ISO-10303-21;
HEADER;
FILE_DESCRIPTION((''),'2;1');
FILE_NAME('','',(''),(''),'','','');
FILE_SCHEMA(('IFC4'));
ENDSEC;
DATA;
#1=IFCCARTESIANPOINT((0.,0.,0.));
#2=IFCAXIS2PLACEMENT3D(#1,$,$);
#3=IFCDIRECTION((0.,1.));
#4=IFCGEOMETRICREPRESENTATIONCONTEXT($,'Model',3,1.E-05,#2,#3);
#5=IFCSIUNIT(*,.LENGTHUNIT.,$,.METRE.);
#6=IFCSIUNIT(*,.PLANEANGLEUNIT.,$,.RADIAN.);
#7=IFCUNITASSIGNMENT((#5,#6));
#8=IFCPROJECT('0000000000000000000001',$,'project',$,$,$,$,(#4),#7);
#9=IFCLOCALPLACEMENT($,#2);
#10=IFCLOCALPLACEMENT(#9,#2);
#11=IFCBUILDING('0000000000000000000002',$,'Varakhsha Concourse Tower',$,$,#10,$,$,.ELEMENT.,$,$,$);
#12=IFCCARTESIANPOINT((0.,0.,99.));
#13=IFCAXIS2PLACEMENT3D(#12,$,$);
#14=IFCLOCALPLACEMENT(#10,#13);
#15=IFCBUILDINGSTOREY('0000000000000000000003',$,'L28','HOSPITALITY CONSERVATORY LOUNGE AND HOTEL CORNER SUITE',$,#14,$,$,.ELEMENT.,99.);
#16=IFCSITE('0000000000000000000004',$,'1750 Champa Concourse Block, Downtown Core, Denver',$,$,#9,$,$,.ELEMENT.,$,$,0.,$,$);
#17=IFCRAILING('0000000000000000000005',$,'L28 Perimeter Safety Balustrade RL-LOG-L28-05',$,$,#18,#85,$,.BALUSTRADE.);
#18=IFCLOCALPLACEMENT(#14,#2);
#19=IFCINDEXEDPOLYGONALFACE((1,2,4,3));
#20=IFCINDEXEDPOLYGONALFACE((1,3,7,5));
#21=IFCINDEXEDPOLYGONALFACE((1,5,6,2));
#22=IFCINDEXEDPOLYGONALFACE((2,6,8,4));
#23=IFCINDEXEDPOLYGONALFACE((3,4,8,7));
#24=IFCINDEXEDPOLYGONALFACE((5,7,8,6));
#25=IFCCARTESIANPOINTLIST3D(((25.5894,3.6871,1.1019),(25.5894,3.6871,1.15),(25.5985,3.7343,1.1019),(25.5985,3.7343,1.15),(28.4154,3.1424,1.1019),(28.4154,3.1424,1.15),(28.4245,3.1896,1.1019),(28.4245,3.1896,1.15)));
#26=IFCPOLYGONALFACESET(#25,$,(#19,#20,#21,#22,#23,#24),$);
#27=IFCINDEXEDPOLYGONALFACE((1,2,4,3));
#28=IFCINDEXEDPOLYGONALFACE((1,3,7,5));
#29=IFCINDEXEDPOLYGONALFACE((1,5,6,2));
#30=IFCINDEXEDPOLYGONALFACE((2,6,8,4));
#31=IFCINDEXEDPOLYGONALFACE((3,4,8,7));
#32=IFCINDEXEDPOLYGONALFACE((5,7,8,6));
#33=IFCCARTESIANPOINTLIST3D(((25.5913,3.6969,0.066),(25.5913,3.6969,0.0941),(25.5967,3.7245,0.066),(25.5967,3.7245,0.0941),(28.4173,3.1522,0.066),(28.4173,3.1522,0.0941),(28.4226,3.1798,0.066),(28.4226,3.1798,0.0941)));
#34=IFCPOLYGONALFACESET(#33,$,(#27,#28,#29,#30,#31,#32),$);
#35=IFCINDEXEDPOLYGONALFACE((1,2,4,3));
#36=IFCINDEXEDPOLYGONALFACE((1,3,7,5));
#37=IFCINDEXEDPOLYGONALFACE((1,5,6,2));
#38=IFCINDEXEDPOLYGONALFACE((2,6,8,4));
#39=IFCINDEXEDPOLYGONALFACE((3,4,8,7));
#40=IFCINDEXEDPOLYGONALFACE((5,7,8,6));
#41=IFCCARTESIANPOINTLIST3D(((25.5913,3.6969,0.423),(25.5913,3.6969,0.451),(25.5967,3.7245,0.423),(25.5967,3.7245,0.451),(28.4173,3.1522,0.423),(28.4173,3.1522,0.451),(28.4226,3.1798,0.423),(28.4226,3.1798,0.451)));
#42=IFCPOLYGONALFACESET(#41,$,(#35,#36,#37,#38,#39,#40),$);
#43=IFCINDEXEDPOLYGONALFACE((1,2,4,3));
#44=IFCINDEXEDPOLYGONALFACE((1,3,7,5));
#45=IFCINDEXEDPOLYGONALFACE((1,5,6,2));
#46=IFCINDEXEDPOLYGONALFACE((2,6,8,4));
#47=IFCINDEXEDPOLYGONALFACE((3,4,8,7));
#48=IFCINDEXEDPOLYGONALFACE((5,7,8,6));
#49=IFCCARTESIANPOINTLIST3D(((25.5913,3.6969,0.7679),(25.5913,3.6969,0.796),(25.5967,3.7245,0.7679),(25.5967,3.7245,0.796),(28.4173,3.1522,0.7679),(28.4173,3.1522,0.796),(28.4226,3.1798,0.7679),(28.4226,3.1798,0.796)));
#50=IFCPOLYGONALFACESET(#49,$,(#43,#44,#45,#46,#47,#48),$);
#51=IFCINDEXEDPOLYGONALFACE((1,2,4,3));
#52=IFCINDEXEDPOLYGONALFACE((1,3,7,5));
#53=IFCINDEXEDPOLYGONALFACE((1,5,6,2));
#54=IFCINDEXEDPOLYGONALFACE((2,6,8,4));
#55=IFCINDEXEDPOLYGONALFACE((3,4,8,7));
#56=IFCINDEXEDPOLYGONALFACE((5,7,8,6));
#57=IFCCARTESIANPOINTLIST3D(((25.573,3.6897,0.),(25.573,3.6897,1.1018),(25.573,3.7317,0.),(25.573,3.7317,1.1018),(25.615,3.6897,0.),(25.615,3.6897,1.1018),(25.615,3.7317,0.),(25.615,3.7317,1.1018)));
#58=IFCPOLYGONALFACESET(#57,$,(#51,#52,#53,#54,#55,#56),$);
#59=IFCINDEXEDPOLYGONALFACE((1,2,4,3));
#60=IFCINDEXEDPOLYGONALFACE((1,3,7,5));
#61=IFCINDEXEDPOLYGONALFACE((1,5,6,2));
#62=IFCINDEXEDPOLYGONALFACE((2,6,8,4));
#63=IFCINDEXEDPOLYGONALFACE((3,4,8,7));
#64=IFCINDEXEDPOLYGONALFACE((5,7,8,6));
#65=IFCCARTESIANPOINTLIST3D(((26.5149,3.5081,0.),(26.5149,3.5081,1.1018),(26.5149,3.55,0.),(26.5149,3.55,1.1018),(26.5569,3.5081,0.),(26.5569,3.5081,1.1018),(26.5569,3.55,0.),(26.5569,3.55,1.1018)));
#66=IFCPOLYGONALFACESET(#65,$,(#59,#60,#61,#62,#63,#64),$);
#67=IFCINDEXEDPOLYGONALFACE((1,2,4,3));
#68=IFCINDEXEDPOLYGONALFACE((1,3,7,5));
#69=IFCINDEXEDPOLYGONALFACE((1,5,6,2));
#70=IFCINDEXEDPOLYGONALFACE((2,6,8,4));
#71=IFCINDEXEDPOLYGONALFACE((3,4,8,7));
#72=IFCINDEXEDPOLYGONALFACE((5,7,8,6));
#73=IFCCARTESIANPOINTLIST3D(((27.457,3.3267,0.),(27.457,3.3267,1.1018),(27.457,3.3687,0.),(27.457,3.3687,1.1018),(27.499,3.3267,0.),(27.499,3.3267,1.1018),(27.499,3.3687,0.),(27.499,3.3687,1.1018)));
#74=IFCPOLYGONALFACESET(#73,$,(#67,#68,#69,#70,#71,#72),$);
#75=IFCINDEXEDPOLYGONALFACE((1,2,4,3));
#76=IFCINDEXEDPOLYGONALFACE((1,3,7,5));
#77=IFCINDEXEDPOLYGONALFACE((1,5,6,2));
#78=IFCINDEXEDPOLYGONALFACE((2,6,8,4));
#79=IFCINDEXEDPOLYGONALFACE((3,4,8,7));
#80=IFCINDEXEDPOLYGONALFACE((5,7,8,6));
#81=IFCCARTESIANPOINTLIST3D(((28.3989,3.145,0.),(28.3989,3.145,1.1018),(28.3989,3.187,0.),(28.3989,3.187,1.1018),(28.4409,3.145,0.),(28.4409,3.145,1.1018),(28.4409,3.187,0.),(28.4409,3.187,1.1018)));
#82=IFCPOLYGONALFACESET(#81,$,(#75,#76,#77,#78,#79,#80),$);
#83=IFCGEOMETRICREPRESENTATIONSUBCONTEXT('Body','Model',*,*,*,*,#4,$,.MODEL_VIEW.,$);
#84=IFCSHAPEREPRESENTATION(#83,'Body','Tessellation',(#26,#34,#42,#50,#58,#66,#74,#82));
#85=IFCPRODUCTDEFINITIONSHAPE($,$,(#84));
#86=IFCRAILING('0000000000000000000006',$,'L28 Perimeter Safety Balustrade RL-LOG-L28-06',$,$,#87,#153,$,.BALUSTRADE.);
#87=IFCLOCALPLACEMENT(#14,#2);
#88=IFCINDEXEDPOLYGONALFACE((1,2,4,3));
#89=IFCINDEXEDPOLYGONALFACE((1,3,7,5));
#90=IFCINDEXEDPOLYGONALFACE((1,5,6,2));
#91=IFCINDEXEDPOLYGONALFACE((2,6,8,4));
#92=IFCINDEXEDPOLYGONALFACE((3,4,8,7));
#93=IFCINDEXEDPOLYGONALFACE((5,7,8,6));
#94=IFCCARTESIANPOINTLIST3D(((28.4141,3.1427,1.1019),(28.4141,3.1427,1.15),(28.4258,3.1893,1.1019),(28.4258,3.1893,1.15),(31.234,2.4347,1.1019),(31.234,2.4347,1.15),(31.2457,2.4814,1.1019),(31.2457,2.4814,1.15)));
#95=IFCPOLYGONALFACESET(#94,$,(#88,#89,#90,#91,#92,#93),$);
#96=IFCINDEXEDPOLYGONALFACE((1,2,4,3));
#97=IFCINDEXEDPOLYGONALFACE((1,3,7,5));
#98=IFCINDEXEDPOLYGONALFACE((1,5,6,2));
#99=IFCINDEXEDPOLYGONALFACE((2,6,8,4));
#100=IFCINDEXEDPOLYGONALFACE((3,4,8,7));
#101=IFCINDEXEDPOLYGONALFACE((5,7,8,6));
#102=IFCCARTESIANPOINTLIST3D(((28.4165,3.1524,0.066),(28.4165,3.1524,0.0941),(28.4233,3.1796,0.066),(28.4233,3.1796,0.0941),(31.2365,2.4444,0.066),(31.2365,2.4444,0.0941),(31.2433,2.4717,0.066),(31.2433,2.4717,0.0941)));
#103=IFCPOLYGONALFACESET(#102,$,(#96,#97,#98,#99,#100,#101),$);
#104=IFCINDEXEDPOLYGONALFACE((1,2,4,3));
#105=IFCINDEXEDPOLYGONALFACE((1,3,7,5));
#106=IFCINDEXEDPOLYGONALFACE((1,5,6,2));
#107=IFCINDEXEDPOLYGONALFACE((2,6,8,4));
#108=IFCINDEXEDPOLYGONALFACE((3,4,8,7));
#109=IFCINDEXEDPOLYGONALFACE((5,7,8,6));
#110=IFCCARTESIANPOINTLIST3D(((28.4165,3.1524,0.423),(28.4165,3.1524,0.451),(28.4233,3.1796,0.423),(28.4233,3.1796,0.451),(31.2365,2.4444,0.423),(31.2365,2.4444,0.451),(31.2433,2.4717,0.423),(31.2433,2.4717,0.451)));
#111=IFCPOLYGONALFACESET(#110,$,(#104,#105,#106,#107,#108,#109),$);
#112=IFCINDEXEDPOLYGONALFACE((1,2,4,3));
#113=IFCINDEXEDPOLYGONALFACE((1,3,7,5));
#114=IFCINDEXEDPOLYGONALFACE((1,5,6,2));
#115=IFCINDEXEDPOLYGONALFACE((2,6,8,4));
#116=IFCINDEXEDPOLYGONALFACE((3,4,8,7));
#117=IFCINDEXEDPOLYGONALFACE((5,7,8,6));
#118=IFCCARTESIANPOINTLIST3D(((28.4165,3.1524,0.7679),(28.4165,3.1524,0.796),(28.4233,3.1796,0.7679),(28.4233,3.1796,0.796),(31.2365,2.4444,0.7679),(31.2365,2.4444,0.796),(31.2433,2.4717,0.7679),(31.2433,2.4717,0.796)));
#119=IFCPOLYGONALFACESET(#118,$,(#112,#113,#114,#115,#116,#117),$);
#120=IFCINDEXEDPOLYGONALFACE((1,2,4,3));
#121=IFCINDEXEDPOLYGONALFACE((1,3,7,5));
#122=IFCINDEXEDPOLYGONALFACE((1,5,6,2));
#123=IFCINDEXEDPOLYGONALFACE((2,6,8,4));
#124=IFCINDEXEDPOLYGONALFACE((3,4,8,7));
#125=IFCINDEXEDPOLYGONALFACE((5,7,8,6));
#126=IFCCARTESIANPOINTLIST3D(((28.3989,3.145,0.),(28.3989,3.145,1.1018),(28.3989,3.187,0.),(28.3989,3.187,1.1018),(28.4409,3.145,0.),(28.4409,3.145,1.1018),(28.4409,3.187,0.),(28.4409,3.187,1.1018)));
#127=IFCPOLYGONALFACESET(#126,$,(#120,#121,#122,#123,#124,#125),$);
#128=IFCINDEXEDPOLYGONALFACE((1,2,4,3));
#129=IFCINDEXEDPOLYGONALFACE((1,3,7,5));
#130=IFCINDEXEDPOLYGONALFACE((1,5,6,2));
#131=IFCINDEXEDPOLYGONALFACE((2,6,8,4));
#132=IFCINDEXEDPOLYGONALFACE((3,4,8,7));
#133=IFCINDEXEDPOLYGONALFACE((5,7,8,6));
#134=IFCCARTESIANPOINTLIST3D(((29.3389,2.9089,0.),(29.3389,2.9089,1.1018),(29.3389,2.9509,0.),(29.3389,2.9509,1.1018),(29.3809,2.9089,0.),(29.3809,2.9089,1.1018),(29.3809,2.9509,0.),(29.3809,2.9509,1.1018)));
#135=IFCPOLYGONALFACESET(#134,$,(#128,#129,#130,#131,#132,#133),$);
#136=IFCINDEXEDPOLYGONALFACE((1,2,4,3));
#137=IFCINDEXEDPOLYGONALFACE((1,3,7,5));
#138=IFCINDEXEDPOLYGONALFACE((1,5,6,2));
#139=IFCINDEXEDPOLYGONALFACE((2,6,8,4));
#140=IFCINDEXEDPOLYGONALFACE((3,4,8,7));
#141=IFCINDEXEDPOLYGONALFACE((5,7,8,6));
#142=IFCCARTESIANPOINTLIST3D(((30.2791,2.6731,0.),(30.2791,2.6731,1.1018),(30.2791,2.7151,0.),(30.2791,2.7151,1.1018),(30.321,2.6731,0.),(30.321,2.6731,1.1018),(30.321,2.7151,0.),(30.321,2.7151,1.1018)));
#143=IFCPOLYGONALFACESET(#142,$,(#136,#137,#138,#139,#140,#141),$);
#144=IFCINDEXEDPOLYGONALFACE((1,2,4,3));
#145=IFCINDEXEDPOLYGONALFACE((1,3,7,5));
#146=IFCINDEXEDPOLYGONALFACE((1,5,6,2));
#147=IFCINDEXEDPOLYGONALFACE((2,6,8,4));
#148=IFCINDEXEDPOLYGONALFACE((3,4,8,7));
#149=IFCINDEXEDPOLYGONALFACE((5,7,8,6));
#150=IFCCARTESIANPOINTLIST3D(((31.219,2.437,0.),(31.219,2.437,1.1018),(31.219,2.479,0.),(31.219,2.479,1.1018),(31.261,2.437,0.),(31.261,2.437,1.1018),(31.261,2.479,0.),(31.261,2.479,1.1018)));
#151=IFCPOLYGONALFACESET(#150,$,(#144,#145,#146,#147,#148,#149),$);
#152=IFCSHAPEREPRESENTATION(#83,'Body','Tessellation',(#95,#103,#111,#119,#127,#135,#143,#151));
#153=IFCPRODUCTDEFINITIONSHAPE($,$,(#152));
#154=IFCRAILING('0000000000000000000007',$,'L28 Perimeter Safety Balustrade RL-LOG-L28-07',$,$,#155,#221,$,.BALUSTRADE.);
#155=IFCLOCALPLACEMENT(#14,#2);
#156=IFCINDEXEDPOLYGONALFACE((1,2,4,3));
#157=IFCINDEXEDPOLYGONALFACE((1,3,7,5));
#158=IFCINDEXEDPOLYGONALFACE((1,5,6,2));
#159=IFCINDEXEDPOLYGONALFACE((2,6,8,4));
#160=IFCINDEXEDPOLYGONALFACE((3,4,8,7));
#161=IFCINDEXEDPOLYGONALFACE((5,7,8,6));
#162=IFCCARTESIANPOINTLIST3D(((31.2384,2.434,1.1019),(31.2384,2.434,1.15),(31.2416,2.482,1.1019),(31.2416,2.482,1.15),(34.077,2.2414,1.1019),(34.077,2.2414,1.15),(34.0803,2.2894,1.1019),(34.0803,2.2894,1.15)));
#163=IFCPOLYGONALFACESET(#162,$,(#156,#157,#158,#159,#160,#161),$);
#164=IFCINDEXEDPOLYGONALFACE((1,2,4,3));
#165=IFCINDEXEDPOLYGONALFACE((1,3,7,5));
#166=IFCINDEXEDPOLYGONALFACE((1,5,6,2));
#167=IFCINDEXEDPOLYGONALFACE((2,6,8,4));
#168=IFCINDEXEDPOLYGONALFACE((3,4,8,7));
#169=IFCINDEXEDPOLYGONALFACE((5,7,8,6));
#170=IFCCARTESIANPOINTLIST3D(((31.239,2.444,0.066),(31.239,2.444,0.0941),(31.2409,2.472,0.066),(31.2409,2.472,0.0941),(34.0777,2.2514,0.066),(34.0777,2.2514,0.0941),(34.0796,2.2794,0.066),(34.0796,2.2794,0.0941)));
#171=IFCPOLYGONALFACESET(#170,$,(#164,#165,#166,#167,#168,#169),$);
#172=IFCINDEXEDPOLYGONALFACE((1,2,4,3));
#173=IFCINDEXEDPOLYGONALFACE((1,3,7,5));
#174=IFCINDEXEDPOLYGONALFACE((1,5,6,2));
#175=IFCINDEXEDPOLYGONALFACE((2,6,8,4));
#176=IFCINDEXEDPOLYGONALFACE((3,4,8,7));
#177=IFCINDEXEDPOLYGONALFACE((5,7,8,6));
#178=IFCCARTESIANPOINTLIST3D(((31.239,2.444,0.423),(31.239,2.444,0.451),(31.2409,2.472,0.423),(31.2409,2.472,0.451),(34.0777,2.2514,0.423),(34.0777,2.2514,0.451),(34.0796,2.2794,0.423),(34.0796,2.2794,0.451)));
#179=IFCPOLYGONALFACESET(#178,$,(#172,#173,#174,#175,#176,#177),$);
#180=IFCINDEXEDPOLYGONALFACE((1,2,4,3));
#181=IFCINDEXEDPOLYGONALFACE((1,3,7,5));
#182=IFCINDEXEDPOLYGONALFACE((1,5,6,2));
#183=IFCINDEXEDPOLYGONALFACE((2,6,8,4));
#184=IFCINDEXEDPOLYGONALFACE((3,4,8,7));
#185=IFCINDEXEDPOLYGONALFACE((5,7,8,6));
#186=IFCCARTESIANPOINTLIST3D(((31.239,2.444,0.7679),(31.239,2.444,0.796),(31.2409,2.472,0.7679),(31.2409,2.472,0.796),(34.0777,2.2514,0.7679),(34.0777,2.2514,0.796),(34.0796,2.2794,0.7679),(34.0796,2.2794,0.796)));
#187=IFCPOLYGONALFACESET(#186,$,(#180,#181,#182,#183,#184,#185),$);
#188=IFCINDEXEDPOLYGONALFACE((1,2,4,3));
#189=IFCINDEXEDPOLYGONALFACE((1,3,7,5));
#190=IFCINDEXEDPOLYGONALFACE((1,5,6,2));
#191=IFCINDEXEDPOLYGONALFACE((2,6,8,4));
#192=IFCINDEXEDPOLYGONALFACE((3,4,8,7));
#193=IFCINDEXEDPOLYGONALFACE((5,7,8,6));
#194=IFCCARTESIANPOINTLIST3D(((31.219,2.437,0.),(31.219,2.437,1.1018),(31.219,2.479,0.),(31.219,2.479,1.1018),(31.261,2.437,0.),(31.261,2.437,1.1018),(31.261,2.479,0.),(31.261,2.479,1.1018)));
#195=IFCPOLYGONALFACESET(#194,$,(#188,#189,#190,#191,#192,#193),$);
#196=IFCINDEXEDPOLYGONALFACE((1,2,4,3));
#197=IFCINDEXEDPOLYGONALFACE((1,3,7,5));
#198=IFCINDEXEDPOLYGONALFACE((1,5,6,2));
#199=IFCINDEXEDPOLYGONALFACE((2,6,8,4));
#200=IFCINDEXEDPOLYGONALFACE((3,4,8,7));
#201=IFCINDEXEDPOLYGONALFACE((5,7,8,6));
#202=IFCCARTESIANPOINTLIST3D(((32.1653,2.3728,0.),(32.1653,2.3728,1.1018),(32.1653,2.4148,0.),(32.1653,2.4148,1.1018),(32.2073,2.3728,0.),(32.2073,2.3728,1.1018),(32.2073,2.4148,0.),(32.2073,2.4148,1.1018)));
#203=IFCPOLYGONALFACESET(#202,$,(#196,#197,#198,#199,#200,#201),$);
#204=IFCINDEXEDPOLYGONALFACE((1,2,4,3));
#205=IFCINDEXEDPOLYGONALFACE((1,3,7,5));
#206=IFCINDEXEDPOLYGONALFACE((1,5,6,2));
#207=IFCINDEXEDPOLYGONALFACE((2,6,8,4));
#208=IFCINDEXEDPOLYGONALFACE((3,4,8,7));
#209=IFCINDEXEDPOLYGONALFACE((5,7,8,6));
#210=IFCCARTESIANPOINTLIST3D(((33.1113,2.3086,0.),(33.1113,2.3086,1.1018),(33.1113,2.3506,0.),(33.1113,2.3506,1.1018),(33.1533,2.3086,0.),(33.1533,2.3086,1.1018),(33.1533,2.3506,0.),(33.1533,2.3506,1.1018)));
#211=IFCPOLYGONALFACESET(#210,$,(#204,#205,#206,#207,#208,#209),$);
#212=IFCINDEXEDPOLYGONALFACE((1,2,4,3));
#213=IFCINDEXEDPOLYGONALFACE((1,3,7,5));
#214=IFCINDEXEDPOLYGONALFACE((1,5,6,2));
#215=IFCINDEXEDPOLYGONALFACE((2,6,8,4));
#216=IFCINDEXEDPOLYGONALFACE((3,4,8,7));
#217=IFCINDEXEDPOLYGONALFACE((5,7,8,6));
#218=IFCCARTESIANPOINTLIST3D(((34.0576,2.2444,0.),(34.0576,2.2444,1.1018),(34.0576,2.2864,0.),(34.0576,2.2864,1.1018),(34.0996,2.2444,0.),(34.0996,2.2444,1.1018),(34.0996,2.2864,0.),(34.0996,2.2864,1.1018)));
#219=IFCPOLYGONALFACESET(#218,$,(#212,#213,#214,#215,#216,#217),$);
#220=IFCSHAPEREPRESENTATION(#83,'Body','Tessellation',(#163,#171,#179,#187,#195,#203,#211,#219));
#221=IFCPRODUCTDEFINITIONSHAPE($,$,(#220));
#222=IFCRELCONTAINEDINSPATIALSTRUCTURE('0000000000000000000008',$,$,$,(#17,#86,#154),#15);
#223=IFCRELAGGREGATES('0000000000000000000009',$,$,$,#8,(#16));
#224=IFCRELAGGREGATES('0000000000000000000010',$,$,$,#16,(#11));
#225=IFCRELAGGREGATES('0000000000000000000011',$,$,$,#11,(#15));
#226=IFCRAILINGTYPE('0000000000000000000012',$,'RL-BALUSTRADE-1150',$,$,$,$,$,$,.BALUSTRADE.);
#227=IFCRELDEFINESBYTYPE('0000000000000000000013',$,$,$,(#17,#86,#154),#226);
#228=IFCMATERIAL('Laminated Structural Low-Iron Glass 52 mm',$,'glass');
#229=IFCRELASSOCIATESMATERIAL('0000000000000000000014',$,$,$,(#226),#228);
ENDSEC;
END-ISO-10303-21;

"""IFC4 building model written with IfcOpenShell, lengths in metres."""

from ifc_helpers import new_model, si_unit, direction, frame, origin, origin_2d, place, context, subcontext, project, spatial, rectangle, extrude, material, type_object, element, save


model = new_model("IFC4")

# Units and contexts
model_context = context("Model", 3, precision=1e-05, world=origin(), true_north=direction((0.0, 1.0)))
body_context = subcontext(model_context, "Body", "Model", "MODEL_VIEW")
ifc_project = project(units=[si_unit("LENGTHUNIT", "METRE"), si_unit("PLANEANGLEUNIT", "RADIAN")], contexts=[model_context])

# Site, building, storey
site_placement = place(None, origin())
site = spatial("IfcSite", under=ifc_project, at=site_placement, Name="1750 Champa Concourse Block, Downtown Core, Denver", CompositionType="ELEMENT", RefElevation=0.0)
building_placement = place(site_placement, origin())
building = spatial("IfcBuilding", under=site, at=building_placement, Name="Varakhsha Concourse Tower", CompositionType="ELEMENT")
storey_placement = place(building_placement, frame((0.0, 0.0, 99.0)))
storey = spatial("IfcBuildingStorey", under=building, at=storey_placement, Name="L28", Description="HOSPITALITY CONSERVATORY LOUNGE AND HOTEL CORNER SUITE", CompositionType="ELEMENT", Elevation=99.0)

# Railings
ifc_material_1 = material(Name="Laminated Structural Low-Iron Glass 52 mm", Category="glass")
railing_type = type_object("IfcRailingType", Name="RL-BALUSTRADE-1150", PredefinedType="BALUSTRADE", material=ifc_material_1)
railing_1_placement = place(storey_placement, frame((25.594, 3.7107, 0.0)))
element("IfcRailing", 1, at=railing_1_placement, inside=storey, type_object=railing_type, Name="L28 Perimeter Safety Balustrade RL-LOG-L28-05", PredefinedType="BALUSTRADE", context=body_context, shape_type="SweptSolid", body=[
    extrude(rectangle(XDim=0.0481, YDim=0.0481, at=origin_2d()), frame((0.0, 0.0, 1.126), z_axis=(0.981927, -0.18926, 0.0), x_axis=(0.18926, 0.981927, 0.0)), (0.0, 0.0, 1.0), 2.8779),
    extrude(rectangle(XDim=0.0281, YDim=0.0281, at=origin_2d()), frame((0.0, 0.0, 0.0801), z_axis=(0.981927, -0.18926, 0.0), x_axis=(0.18926, 0.981927, 0.0)), (0.0, 0.0, 1.0), 2.8779),
    extrude(rectangle(XDim=0.0281, YDim=0.0281, at=origin_2d()), frame((0.0, 0.0, 0.437), z_axis=(0.981927, -0.18926, 0.0), x_axis=(0.18926, 0.981927, 0.0)), (0.0, 0.0, 1.0), 2.8779),
    extrude(rectangle(XDim=0.0281, YDim=0.0281, at=origin_2d()), frame((0.0, 0.0, 0.782), z_axis=(0.981927, -0.18926, 0.0), x_axis=(0.18926, 0.981927, 0.0)), (0.0, 0.0, 1.0), 2.8779),
    extrude(rectangle(XDim=0.042, YDim=0.042, at=origin_2d()), origin(), (0.0, 0.0, 1.0), 1.1018),
    extrude(rectangle(XDim=0.042, YDim=0.042, at=origin_2d()), frame((0.9419, -0.1816, 0.0)), (0.0, 0.0, 1.0), 1.1018),
    extrude(rectangle(XDim=0.042, YDim=0.042, at=origin_2d()), frame((1.884, -0.363, 0.0)), (0.0, 0.0, 1.0), 1.1018),
    extrude(rectangle(XDim=0.042, YDim=0.042, at=origin_2d()), frame((2.8259, -0.5447, 0.0)), (0.0, 0.0, 1.0), 1.1018),
])
railing_2_placement = place(storey_placement, frame((28.4199, 3.166, 0.0)))
element("IfcRailing", 2, at=railing_2_placement, inside=storey, type_object=railing_type, Name="L28 Perimeter Safety Balustrade RL-LOG-L28-06", PredefinedType="BALUSTRADE", context=body_context, shape_type="SweptSolid", body=[
    extrude(rectangle(XDim=0.0481, YDim=0.0481, at=origin_2d()), frame((0.0, 0.0, 1.126), z_axis=(0.9699, -0.243504, 0.0), x_axis=(0.243504, 0.9699, 0.0)), (0.0, 0.0, 1.0), 2.9075),
    extrude(rectangle(XDim=0.0281, YDim=0.0281, at=origin_2d()), frame((0.0, 0.0, 0.0801), z_axis=(0.9699, -0.243504, 0.0), x_axis=(0.243504, 0.9699, 0.0)), (0.0, 0.0, 1.0), 2.9075),
    extrude(rectangle(XDim=0.0281, YDim=0.0281, at=origin_2d()), frame((0.0, 0.0, 0.437), z_axis=(0.9699, -0.243504, 0.0), x_axis=(0.243504, 0.9699, 0.0)), (0.0, 0.0, 1.0), 2.9075),
    extrude(rectangle(XDim=0.0281, YDim=0.0281, at=origin_2d()), frame((0.0, 0.0, 0.782), z_axis=(0.9699, -0.243504, 0.0), x_axis=(0.243504, 0.9699, 0.0)), (0.0, 0.0, 1.0), 2.9075),
    extrude(rectangle(XDim=0.042, YDim=0.042, at=origin_2d()), origin(), (0.0, 0.0, 1.0), 1.1018),
    extrude(rectangle(XDim=0.042, YDim=0.042, at=origin_2d()), frame((0.9399, -0.2361, 0.0)), (0.0, 0.0, 1.0), 1.1018),
    extrude(rectangle(XDim=0.042, YDim=0.042, at=origin_2d()), frame((1.8801, -0.4719, 0.0)), (0.0, 0.0, 1.0), 1.1018),
    extrude(rectangle(XDim=0.042, YDim=0.042, at=origin_2d()), frame((2.8201, -0.708, 0.0)), (0.0, 0.0, 1.0), 1.1018),
])
railing_3_placement = place(storey_placement, frame((31.24, 2.458, 0.0)))
element("IfcRailing", 3, at=railing_3_placement, inside=storey, type_object=railing_type, Name="L28 Perimeter Safety Balustrade RL-LOG-L28-07", PredefinedType="BALUSTRADE", context=body_context, shape_type="SweptSolid", body=[
    extrude(rectangle(XDim=0.0481, YDim=0.0481, at=origin_2d()), frame((0.0, 0.0, 1.126), z_axis=(0.997705, -0.067704, 0.0), x_axis=(0.067704, 0.997705, 0.0)), (0.0, 0.0, 1.0), 2.8452),
    extrude(rectangle(XDim=0.0281, YDim=0.0281, at=origin_2d()), frame((0.0, 0.0, 0.0801), z_axis=(0.997705, -0.067704, 0.0), x_axis=(0.067704, 0.997705, 0.0)), (0.0, 0.0, 1.0), 2.8452),
    extrude(rectangle(XDim=0.0281, YDim=0.0281, at=origin_2d()), frame((0.0, 0.0, 0.437), z_axis=(0.997705, -0.067704, 0.0), x_axis=(0.067704, 0.997705, 0.0)), (0.0, 0.0, 1.0), 2.8452),
    extrude(rectangle(XDim=0.0281, YDim=0.0281, at=origin_2d()), frame((0.0, 0.0, 0.782), z_axis=(0.997705, -0.067704, 0.0), x_axis=(0.067704, 0.997705, 0.0)), (0.0, 0.0, 1.0), 2.8452),
    extrude(rectangle(XDim=0.042, YDim=0.042, at=origin_2d()), origin(), (0.0, 0.0, 1.0), 1.1018),
    extrude(rectangle(XDim=0.042, YDim=0.042, at=origin_2d()), frame((0.9463, -0.0642, 0.0)), (0.0, 0.0, 1.0), 1.1018),
    extrude(rectangle(XDim=0.042, YDim=0.042, at=origin_2d()), frame((1.8923, -0.1284, 0.0)), (0.0, 0.0, 1.0), 1.1018),
    extrude(rectangle(XDim=0.042, YDim=0.042, at=origin_2d()), frame((2.8386, -0.1926, 0.0)), (0.0, 0.0, 1.0), 1.1018),
])

save(model, "model.ifc")
